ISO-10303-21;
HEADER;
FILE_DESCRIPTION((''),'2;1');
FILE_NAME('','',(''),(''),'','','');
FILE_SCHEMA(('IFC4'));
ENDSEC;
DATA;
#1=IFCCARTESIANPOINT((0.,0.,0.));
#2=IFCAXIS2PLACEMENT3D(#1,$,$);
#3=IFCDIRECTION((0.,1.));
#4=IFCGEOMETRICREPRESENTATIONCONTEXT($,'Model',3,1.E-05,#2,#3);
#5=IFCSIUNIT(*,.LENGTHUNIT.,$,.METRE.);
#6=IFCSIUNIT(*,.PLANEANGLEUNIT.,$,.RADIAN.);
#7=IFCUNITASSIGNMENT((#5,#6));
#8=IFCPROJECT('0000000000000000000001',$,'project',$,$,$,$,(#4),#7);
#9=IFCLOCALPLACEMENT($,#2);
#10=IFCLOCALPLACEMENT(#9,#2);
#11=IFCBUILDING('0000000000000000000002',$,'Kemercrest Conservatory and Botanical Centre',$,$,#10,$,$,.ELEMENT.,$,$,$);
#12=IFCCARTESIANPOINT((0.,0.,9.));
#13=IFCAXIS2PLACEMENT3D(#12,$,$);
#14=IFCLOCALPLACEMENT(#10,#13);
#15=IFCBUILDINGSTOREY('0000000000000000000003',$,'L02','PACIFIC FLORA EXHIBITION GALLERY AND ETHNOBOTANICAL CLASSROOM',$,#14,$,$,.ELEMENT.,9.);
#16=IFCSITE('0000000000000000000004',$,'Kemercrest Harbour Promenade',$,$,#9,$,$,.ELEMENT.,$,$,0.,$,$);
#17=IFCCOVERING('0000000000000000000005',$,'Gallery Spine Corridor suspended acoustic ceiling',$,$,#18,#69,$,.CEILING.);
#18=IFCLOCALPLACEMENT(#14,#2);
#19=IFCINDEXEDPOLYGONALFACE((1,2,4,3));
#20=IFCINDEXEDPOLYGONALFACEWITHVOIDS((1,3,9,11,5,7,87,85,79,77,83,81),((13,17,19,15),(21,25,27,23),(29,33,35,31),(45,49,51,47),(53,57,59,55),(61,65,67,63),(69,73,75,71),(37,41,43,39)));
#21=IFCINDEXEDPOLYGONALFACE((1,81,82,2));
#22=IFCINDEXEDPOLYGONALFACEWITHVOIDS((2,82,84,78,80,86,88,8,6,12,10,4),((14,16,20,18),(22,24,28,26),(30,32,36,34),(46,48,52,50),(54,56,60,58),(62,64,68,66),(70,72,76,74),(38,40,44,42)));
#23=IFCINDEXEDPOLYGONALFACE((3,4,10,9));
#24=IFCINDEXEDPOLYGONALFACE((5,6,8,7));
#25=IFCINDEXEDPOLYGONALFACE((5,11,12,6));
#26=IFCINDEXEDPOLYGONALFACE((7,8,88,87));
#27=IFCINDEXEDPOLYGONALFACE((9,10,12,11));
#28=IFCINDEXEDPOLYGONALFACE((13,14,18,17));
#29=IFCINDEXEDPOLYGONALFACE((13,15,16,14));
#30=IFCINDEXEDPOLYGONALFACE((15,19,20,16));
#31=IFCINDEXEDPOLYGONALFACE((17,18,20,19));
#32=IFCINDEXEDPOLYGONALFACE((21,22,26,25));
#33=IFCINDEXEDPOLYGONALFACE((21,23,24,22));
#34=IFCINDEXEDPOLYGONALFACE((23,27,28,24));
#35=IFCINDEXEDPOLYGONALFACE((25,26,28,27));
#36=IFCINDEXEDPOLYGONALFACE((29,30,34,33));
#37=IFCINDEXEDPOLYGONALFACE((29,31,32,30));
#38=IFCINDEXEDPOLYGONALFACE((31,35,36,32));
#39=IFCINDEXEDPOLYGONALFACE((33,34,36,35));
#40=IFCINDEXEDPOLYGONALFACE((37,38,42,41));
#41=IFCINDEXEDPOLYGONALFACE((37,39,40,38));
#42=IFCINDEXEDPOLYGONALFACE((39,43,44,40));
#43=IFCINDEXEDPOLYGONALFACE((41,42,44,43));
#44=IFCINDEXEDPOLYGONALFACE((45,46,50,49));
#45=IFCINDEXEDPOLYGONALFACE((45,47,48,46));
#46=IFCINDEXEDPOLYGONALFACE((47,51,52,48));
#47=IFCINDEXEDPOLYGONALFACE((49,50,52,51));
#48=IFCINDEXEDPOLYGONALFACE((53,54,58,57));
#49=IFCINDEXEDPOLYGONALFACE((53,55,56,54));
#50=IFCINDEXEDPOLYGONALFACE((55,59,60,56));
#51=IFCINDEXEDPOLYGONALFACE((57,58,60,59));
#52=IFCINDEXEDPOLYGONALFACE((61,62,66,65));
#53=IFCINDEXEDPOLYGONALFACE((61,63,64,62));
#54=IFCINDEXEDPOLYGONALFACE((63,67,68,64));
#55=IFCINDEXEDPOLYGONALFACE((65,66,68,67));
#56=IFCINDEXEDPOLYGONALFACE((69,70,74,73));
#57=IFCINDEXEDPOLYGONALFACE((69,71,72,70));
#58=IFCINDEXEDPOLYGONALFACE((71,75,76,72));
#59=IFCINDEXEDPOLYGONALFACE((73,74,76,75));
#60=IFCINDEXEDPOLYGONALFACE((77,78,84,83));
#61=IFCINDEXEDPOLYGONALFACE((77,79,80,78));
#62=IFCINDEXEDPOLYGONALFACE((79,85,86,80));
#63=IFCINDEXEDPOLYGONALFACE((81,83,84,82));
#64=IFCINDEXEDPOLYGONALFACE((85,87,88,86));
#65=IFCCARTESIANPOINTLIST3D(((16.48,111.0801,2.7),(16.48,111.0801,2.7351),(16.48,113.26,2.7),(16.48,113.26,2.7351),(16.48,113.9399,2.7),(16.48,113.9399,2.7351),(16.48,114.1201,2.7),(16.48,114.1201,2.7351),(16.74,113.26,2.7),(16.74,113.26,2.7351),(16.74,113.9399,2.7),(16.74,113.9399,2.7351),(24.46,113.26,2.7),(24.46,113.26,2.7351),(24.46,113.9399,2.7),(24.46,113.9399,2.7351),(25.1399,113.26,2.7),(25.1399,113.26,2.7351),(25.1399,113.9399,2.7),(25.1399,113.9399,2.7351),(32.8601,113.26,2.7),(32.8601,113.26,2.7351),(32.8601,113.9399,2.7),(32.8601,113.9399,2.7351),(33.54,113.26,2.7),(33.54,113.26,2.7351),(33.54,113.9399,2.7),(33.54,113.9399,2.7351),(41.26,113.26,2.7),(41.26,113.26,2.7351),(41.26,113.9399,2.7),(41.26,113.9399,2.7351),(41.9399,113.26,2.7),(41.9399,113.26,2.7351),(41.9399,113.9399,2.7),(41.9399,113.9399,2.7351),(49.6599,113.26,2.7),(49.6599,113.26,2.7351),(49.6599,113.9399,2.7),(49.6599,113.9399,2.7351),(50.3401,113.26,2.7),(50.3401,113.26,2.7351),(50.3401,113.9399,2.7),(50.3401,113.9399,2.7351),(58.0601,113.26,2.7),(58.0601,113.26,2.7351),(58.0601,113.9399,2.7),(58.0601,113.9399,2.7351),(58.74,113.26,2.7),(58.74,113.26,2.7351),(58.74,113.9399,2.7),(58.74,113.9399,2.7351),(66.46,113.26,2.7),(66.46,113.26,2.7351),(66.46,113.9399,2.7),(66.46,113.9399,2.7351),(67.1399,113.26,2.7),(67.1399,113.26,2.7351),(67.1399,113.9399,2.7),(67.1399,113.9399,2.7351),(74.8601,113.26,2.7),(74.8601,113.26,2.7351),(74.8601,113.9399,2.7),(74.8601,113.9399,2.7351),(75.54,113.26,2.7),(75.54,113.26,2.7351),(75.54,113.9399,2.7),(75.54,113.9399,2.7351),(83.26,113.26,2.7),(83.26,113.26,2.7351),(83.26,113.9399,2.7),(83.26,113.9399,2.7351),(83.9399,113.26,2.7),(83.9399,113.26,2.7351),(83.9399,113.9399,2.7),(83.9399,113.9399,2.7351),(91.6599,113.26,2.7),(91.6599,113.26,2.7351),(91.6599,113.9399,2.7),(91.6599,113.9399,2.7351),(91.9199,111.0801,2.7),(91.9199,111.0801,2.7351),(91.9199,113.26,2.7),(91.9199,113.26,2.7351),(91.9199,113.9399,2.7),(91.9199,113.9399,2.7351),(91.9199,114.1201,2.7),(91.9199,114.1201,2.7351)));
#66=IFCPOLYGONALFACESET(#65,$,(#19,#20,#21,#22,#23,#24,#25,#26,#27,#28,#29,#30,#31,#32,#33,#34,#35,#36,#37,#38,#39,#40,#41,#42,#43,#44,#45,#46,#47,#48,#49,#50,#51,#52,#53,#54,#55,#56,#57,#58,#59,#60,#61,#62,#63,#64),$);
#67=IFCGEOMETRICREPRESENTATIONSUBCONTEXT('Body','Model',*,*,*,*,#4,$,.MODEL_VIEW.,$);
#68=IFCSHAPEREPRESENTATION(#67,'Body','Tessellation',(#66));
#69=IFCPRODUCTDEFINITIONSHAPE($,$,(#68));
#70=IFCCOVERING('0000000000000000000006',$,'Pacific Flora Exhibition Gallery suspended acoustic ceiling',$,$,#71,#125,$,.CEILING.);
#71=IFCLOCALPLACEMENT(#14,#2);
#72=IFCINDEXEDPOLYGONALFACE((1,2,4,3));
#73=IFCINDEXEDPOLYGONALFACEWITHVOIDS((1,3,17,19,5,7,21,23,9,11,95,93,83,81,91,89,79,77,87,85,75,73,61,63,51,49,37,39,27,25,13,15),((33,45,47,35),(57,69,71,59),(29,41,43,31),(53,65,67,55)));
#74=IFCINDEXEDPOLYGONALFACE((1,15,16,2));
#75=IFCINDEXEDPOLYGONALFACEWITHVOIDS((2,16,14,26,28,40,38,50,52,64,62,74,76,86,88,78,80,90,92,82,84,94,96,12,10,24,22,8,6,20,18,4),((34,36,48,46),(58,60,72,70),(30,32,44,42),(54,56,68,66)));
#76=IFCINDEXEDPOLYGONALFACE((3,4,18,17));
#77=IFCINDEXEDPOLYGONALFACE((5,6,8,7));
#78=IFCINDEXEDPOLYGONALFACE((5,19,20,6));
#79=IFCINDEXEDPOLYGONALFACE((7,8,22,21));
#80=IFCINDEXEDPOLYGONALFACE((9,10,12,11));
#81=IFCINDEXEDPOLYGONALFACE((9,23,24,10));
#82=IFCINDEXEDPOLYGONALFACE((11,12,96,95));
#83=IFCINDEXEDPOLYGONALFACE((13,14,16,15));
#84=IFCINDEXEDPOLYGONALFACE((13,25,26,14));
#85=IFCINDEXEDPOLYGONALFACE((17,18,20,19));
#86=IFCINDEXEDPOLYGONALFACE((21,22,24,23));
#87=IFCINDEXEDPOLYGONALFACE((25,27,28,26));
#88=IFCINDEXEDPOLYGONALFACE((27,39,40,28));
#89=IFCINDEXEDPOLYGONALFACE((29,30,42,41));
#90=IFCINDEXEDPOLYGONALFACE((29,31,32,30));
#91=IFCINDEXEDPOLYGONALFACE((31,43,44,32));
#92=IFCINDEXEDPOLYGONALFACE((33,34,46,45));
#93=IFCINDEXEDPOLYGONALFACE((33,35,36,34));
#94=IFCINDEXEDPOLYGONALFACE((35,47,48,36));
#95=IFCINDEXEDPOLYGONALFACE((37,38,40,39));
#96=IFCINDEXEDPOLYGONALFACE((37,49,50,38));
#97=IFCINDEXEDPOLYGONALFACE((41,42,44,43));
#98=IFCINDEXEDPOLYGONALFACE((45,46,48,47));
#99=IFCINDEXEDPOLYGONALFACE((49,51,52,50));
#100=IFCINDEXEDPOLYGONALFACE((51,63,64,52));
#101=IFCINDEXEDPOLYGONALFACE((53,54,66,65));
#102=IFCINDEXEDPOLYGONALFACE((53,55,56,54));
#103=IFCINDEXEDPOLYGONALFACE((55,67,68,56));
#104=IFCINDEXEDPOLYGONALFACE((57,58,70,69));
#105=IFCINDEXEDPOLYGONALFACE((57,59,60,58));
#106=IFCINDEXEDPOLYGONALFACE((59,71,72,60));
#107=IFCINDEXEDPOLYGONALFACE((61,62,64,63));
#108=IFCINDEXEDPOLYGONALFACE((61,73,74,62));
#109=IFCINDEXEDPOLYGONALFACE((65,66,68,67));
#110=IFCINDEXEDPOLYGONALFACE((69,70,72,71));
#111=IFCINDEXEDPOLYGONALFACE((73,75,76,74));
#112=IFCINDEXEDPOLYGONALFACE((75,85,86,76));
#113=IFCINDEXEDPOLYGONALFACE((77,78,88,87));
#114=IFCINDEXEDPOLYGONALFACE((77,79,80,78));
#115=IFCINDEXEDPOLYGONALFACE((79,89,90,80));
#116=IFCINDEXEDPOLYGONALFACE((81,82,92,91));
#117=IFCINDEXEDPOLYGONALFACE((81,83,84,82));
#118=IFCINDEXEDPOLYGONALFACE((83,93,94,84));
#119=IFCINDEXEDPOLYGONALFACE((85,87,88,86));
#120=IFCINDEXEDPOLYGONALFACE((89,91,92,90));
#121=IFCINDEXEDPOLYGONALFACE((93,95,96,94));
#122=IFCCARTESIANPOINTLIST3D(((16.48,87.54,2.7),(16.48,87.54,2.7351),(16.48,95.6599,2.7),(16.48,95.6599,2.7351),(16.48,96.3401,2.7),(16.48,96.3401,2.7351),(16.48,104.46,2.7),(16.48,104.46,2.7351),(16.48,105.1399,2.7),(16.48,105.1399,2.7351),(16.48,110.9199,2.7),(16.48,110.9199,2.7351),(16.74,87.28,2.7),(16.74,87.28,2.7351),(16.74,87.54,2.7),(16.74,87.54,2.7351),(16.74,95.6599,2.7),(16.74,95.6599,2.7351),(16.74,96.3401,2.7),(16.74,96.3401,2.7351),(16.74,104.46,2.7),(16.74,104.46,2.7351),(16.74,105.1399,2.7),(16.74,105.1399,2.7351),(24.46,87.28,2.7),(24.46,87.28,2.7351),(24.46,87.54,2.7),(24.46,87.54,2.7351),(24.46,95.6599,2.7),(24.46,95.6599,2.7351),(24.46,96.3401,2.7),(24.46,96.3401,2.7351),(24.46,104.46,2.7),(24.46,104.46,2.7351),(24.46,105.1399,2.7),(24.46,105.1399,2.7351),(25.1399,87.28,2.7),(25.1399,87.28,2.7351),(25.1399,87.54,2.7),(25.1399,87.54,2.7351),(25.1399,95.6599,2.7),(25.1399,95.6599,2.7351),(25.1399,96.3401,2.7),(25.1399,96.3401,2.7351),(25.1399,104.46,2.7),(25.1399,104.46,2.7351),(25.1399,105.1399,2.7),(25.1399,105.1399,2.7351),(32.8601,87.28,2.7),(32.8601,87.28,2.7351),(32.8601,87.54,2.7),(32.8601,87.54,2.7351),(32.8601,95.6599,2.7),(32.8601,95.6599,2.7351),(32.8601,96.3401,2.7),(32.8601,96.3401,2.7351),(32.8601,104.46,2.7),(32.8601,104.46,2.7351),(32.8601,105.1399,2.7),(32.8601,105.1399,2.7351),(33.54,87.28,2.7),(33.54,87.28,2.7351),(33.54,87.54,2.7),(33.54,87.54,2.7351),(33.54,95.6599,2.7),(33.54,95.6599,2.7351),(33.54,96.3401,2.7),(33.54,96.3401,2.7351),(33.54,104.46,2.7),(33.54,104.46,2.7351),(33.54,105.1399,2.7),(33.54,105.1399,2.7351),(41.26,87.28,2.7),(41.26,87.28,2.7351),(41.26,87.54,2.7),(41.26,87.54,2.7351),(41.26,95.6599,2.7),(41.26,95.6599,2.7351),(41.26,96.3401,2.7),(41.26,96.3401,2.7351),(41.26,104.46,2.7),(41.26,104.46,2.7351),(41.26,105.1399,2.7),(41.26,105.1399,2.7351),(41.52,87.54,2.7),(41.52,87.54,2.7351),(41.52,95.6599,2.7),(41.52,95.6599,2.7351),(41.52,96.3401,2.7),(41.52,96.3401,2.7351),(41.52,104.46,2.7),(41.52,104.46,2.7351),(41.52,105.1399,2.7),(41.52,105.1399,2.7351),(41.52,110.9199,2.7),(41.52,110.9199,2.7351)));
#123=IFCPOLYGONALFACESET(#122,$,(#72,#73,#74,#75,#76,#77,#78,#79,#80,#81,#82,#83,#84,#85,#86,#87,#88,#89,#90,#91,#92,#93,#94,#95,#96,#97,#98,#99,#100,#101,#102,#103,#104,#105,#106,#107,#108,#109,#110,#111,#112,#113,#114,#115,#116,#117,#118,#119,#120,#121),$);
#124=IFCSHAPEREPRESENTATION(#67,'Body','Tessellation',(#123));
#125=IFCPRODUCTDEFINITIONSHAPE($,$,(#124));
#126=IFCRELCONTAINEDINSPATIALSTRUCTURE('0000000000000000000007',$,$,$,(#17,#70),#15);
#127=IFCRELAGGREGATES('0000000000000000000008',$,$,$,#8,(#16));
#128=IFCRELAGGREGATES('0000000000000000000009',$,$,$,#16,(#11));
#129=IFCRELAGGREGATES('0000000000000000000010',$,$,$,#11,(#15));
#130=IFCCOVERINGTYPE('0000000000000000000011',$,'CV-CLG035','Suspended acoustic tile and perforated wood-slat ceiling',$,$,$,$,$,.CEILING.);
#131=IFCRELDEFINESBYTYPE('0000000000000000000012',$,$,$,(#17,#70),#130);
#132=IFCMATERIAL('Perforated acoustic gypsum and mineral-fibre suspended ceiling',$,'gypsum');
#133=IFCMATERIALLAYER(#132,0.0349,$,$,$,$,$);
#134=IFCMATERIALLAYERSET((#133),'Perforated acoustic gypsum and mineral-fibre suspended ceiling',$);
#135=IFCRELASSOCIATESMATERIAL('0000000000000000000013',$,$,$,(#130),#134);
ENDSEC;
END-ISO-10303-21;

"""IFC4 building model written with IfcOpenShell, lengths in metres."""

from ifc_helpers import new_model, si_unit, direction, frame, origin, place, context, subcontext, project, spatial, polyline, outline, extrude, material, layer, layer_set, type_object, element, save


model = new_model("IFC4")

# Units and contexts
model_context = context("Model", 3, precision=1e-05, world=origin(), true_north=direction((0.0, 1.0)))
body_context = subcontext(model_context, "Body", "Model", "MODEL_VIEW")
ifc_project = project(units=[si_unit("LENGTHUNIT", "METRE"), si_unit("PLANEANGLEUNIT", "RADIAN")], contexts=[model_context])

# Site, building, storey
site_placement = place(None, origin())
site = spatial("IfcSite", under=ifc_project, at=site_placement, Name="Kemercrest Harbour Promenade", CompositionType="ELEMENT", RefElevation=0.0)
building_placement = place(site_placement, origin())
building = spatial("IfcBuilding", under=site, at=building_placement, Name="Kemercrest Conservatory and Botanical Centre", CompositionType="ELEMENT")
storey_placement = place(building_placement, frame((0.0, 0.0, 9.0)))
storey = spatial("IfcBuildingStorey", under=building, at=storey_placement, Name="L02", Description="PACIFIC FLORA EXHIBITION GALLERY AND ETHNOBOTANICAL CLASSROOM", CompositionType="ELEMENT", Elevation=9.0)

# Coverings
ifc_material_1 = material(Name="Perforated acoustic gypsum and mineral-fibre suspended ceiling", Category="gypsum")
ifc_layer_1 = layer(ifc_material_1, 0.0349)
ifc_layer_set_1 = layer_set([ifc_layer_1], Name="Perforated acoustic gypsum and mineral-fibre suspended ceiling")
covering_type_1 = type_object("IfcCoveringType", Name="CV-CLG035", Description="Suspended acoustic tile and perforated wood-slat ceiling", PredefinedType="CEILING", material=ifc_layer_set_1)
covering_1_placement = place(storey_placement, frame((0.0, 0.0, 2.7)))
element("IfcCovering", 1, at=covering_1_placement, inside=storey, type_object=covering_type_1, Name="Gallery Spine Corridor suspended acoustic ceiling", PredefinedType="CEILING", context=body_context, shape_type="SweptSolid", body=[
    extrude(outline(polyline([(16.74, 113.26), (16.48, 113.26), (16.48, 111.0801), (91.9199, 111.0801), (91.9199, 113.26), (91.6599, 113.26), (91.6599, 113.9399), (91.9199, 113.9399), (91.9199, 114.1201), (16.48, 114.1201), (16.48, 113.9399), (16.74, 113.9399), (16.74, 113.26)]), holes=[polyline([(83.9399, 113.26), (83.26, 113.26), (83.26, 113.9399), (83.9399, 113.9399), (83.9399, 113.26)]), polyline([(75.54, 113.26), (74.8601, 113.26), (74.8601, 113.9399), (75.54, 113.9399), (75.54, 113.26)]), polyline([(67.1399, 113.26), (66.46, 113.26), (66.46, 113.9399), (67.1399, 113.9399), (67.1399, 113.26)]), polyline([(58.74, 113.26), (58.0601, 113.26), (58.0601, 113.9399), (58.74, 113.9399), (58.74, 113.26)]), polyline([(50.3401, 113.26), (49.6599, 113.26), (49.6599, 113.9399), (50.3401, 113.9399), (50.3401, 113.26)]), polyline([(41.9399, 113.26), (41.26, 113.26), (41.26, 113.9399), (41.9399, 113.9399), (41.9399, 113.26)]), polyline([(33.54, 113.26), (32.8601, 113.26), (32.8601, 113.9399), (33.54, 113.9399), (33.54, 113.26)]), polyline([(25.1399, 113.26), (24.46, 113.26), (24.46, 113.9399), (25.1399, 113.9399), (25.1399, 113.26)])]), origin(), (0.0, 0.0, 1.0), 0.0352),
])
covering_2_placement = place(storey_placement, frame((0.0, 0.0, 2.7)))
element("IfcCovering", 2, at=covering_2_placement, inside=storey, type_object=covering_type_1, Name="Pacific Flora Exhibition Gallery suspended acoustic ceiling", PredefinedType="CEILING", context=body_context, shape_type="SweptSolid", body=[
    extrude(outline(polyline([(32.8601, 87.54), (33.54, 87.54), (33.54, 87.28), (41.26, 87.28), (41.26, 87.54), (41.52, 87.54), (41.52, 95.6599), (41.26, 95.6599), (41.26, 96.3401), (41.52, 96.3401), (41.52, 104.46), (41.26, 104.46), (41.26, 105.1399), (41.52, 105.1399), (41.52, 110.9199), (16.48, 110.9199), (16.48, 105.1399), (16.74, 105.1399), (16.74, 104.46), (16.48, 104.46), (16.48, 96.3401), (16.74, 96.3401), (16.74, 95.6599), (16.48, 95.6599), (16.48, 87.54), (16.74, 87.54), (16.74, 87.28), (24.46, 87.28), (24.46, 87.54), (25.1399, 87.54), (25.1399, 87.28), (32.8601, 87.28), (32.8601, 87.54)]), holes=[polyline([(33.54, 95.6599), (32.8601, 95.6599), (32.8601, 96.3401), (33.54, 96.3401), (33.54, 95.6599)]), polyline([(33.54, 104.46), (32.8601, 104.46), (32.8601, 105.1399), (33.54, 105.1399), (33.54, 104.46)]), polyline([(25.1399, 95.6599), (24.46, 95.6599), (24.46, 96.3401), (25.1399, 96.3401), (25.1399, 95.6599)]), polyline([(25.1399, 104.46), (24.46, 104.46), (24.46, 105.1399), (25.1399, 105.1399), (25.1399, 104.46)])]), origin(), (0.0, 0.0, 1.0), 0.0352),
])

save(model, "model.ifc")
